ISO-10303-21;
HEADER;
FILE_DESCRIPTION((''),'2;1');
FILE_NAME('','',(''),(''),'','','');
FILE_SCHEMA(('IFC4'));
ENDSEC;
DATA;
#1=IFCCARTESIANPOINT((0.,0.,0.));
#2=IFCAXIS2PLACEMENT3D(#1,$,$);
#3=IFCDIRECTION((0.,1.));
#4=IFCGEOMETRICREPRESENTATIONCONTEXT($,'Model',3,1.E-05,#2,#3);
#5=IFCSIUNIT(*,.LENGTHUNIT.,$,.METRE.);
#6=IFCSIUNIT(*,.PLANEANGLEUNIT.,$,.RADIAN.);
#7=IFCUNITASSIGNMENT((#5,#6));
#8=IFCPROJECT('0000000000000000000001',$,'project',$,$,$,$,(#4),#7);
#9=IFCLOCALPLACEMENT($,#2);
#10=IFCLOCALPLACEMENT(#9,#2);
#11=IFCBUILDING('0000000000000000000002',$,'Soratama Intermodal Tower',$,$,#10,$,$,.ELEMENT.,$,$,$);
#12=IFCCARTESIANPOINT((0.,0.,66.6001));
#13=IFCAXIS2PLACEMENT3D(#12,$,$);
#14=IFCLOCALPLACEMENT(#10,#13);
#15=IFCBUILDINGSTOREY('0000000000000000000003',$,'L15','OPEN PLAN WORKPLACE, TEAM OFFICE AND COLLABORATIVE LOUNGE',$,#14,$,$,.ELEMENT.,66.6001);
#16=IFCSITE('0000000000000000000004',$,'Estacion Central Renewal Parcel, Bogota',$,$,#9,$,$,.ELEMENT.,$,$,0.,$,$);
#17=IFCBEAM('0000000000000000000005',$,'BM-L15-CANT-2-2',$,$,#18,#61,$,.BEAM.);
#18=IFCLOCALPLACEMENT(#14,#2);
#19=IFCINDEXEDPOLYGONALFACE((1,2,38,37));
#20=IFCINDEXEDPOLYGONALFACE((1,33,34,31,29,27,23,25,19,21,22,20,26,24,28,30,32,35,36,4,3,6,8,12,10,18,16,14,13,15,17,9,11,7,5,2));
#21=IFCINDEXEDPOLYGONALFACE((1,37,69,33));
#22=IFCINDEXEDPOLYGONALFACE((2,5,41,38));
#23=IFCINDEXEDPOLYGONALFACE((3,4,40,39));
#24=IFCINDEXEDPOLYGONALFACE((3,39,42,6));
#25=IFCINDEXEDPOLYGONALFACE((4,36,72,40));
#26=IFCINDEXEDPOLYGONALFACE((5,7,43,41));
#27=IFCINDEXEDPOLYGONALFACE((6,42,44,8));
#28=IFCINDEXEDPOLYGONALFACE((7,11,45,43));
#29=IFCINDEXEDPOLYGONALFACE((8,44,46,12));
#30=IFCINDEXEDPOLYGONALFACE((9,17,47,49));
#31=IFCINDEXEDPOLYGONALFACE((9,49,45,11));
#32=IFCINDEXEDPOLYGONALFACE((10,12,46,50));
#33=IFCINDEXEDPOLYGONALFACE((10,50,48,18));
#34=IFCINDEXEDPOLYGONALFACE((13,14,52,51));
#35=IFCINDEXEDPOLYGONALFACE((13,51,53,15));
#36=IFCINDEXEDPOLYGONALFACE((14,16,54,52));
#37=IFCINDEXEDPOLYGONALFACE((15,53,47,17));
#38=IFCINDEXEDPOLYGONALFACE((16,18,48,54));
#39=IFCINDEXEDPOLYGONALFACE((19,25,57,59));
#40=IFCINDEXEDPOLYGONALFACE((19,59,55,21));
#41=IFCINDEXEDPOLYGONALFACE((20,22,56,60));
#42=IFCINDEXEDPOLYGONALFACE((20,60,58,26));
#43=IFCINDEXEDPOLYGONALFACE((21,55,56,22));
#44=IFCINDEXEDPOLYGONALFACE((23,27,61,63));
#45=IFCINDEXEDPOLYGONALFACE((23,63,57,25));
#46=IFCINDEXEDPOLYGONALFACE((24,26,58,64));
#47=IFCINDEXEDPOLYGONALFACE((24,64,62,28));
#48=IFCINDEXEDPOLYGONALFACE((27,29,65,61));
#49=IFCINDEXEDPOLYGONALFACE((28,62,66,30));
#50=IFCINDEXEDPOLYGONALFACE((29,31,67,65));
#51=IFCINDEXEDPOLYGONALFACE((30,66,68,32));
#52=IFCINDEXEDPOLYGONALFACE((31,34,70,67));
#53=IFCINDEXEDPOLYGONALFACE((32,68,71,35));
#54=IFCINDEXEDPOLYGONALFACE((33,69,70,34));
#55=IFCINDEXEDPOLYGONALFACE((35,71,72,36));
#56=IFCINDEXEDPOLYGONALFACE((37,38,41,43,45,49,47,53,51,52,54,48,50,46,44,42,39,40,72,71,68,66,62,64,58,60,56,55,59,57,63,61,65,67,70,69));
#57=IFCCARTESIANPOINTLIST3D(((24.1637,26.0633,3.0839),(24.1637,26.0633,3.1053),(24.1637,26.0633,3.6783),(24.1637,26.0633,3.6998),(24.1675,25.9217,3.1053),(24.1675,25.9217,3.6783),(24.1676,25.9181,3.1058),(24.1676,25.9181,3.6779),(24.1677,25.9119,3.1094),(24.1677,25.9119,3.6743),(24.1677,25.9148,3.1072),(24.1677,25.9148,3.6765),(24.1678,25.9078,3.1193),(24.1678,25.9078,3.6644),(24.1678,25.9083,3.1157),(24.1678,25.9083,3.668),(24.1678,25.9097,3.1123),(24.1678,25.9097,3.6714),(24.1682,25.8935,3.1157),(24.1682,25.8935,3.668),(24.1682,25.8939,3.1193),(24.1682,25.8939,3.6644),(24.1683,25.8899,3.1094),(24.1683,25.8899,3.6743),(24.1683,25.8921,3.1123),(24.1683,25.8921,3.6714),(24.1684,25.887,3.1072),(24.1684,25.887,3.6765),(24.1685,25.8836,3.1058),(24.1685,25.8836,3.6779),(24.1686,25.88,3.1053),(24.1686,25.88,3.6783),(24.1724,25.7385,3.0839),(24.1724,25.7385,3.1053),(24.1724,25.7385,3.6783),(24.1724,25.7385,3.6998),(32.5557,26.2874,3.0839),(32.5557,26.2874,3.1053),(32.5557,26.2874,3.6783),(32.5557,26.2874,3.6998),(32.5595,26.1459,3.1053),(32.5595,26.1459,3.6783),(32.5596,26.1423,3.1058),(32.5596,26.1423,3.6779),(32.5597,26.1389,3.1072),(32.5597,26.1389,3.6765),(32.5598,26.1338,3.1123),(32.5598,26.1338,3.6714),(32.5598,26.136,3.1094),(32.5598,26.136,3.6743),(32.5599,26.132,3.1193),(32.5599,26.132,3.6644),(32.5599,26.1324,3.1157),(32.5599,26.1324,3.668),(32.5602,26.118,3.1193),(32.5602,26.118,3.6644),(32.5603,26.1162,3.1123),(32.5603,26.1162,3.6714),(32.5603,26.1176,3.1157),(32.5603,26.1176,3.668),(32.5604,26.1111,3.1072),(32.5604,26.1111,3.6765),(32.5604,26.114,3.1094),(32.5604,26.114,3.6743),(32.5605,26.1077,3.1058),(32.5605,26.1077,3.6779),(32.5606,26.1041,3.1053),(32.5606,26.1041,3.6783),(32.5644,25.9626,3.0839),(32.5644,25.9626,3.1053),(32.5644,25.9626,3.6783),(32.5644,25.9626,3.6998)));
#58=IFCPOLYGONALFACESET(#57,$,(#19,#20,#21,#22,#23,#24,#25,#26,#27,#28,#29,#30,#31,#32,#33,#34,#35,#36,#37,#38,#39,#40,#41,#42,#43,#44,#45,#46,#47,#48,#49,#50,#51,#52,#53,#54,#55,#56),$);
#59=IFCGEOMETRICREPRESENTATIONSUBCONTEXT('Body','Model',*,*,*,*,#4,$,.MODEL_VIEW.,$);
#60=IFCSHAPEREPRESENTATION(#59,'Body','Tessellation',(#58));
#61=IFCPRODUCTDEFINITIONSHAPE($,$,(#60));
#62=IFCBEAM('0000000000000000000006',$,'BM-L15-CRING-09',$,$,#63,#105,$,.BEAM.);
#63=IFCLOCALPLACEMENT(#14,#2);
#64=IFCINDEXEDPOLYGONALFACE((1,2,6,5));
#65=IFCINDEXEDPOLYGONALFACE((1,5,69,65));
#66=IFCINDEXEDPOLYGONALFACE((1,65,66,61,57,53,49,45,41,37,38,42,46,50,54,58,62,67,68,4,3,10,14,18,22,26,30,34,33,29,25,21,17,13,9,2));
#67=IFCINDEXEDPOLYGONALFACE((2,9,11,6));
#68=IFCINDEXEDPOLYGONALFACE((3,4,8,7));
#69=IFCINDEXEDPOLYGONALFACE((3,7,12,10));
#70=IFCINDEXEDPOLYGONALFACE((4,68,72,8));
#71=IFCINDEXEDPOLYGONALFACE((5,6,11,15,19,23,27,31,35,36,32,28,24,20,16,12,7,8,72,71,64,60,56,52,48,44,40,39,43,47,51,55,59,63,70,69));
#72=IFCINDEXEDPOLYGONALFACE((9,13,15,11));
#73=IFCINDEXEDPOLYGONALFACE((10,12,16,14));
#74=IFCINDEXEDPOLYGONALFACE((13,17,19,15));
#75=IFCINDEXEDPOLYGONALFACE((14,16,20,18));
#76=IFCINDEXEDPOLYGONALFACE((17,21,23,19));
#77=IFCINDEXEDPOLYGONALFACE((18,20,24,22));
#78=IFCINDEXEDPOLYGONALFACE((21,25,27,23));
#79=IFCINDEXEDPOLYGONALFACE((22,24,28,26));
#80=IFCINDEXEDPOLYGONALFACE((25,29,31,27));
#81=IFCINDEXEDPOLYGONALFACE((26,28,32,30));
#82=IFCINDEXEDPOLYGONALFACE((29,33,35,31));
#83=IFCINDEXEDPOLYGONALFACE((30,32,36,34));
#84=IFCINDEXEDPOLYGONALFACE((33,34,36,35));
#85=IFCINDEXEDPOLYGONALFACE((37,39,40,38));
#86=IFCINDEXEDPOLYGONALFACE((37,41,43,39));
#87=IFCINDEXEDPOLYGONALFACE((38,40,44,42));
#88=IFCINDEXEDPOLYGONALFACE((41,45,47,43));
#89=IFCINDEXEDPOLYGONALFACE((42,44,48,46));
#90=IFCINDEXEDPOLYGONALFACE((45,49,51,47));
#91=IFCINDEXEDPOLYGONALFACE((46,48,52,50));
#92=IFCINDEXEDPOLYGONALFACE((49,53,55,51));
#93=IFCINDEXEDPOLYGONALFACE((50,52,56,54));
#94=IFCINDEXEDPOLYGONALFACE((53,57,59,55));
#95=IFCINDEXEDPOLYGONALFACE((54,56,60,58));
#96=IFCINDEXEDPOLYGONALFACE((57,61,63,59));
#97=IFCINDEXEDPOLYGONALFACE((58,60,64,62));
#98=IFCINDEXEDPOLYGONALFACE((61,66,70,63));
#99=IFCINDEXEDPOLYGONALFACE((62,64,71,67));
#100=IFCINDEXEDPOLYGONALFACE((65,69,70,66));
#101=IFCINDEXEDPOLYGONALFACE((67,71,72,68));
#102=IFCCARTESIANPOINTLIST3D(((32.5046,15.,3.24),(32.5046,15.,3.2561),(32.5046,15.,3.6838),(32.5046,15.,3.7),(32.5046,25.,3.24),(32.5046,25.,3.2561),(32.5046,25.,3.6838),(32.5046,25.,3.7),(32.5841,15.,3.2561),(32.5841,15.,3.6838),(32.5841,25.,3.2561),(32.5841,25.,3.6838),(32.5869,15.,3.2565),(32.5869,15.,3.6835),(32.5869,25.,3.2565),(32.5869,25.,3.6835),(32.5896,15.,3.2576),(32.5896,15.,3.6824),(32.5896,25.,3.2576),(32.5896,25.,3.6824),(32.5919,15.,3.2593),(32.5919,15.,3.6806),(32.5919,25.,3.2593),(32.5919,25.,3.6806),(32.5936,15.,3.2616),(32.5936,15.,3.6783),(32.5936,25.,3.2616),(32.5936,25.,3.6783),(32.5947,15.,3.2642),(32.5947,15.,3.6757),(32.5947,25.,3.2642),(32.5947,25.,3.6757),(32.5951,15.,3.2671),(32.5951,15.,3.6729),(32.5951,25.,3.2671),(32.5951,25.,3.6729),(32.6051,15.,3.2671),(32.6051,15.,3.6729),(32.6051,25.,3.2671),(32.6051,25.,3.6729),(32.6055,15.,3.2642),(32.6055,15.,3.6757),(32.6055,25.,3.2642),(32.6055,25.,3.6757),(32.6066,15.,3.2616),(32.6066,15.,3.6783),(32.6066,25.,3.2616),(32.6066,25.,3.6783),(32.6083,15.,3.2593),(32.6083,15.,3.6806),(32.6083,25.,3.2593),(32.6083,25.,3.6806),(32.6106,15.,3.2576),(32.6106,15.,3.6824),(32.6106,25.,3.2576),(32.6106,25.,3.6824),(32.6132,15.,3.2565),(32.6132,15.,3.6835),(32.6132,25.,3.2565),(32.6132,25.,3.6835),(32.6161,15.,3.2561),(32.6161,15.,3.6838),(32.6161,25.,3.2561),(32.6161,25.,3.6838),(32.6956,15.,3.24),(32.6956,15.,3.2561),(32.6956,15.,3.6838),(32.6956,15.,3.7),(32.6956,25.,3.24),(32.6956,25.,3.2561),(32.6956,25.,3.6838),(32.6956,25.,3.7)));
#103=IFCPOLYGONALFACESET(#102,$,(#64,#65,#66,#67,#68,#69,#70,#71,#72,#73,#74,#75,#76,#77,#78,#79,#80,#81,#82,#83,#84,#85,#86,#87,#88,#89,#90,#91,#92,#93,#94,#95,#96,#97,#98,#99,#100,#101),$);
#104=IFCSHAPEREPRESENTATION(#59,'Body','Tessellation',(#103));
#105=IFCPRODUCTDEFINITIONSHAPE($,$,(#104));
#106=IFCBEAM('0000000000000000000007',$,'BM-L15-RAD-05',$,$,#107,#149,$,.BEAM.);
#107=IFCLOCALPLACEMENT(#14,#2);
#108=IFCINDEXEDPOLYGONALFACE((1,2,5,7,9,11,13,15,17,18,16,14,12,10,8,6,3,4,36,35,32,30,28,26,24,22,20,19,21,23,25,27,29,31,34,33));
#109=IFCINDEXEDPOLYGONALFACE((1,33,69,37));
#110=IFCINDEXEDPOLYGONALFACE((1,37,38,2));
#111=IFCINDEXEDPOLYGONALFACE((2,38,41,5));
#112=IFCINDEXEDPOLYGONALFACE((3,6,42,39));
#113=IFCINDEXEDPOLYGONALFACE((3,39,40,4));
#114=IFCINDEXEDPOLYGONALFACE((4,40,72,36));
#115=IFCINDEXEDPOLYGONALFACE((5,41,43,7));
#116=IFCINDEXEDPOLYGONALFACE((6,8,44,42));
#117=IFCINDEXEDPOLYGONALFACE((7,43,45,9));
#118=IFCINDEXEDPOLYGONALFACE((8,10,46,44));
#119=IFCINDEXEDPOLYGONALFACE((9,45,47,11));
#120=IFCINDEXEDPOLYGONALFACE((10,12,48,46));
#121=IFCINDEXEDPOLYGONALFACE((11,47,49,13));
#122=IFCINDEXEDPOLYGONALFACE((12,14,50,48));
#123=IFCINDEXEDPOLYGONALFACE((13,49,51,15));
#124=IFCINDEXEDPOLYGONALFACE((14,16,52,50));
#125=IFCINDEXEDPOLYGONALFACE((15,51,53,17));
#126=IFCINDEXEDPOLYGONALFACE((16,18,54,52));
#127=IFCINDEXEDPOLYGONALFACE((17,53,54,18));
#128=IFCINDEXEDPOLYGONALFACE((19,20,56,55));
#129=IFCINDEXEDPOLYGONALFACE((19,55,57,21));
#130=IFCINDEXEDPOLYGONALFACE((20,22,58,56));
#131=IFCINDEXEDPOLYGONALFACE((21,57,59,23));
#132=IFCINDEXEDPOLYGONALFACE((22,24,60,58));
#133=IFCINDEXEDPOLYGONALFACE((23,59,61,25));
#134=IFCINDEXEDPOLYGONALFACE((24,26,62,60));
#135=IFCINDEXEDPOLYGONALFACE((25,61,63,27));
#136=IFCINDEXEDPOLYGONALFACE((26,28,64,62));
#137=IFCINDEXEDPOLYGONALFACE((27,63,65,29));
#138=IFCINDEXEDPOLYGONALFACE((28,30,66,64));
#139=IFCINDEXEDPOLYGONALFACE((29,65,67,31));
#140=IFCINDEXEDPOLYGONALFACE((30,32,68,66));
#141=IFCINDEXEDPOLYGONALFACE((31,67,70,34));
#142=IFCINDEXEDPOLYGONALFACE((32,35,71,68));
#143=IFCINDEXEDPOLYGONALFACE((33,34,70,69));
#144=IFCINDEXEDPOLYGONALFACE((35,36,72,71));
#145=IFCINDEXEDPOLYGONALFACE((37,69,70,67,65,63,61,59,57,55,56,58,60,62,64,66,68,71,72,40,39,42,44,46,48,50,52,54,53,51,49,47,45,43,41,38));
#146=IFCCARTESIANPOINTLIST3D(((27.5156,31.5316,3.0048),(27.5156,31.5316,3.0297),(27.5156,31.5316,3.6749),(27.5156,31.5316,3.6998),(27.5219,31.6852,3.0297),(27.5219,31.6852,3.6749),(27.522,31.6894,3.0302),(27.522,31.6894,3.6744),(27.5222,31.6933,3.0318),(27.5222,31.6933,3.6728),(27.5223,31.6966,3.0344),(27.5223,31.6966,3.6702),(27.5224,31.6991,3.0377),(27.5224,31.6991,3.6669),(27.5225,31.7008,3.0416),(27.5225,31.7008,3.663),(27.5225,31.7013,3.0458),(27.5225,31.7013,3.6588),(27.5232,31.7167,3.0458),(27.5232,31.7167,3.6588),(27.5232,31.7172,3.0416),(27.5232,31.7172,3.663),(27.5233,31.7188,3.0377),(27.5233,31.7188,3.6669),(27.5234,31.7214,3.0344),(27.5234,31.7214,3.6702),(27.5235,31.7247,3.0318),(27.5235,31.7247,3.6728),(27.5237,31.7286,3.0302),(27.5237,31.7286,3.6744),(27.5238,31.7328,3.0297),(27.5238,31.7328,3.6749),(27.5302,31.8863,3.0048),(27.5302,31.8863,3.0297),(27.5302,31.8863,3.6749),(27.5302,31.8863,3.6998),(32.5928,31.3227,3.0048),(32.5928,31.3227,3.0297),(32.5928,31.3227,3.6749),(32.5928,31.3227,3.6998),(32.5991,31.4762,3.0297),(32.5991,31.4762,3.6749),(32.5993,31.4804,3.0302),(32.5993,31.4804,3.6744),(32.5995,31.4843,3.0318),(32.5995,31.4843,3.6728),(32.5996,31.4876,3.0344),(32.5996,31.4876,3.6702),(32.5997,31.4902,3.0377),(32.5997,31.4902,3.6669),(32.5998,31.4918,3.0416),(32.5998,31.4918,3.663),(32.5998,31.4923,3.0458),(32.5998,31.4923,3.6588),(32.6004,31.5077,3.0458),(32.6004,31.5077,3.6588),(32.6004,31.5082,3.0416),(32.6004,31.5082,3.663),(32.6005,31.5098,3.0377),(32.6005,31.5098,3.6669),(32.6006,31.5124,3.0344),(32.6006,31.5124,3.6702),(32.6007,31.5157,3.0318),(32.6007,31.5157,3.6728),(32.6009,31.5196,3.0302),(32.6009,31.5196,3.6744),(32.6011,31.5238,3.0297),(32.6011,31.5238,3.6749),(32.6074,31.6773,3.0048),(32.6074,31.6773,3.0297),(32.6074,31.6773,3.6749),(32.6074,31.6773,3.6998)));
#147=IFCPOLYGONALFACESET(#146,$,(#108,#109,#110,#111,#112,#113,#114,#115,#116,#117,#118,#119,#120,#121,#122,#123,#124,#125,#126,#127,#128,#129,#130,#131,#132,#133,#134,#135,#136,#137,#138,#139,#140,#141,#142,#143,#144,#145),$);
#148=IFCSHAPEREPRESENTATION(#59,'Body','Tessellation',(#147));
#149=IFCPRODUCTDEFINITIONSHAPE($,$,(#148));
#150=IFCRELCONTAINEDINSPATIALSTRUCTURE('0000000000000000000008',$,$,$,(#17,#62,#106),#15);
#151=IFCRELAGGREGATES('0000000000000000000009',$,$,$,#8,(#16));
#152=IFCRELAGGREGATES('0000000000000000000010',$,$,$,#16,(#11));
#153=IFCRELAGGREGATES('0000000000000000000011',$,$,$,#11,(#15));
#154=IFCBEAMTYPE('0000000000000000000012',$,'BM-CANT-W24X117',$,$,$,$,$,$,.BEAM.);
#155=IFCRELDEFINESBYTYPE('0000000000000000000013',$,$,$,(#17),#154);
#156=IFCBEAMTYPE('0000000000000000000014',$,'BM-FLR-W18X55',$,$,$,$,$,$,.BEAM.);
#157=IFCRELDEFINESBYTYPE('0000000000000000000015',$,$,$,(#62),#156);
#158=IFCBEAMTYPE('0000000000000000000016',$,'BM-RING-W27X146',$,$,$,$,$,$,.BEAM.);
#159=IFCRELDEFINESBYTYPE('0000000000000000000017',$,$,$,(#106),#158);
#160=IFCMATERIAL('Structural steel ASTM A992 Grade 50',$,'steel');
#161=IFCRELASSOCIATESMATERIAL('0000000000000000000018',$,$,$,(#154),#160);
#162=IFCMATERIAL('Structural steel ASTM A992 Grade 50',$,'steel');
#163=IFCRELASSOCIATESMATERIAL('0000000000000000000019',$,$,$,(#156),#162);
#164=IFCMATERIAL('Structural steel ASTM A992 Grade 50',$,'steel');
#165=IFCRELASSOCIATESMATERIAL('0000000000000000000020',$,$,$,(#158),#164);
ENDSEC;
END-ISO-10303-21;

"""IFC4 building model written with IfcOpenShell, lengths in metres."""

from ifc_helpers import new_model, si_unit, direction, frame, origin, origin_2d, place, context, subcontext, project, spatial, i_section, extrude, material, material_profile, profile_set, type_object, element, save


model = new_model("IFC4")

# Units and contexts
model_context = context("Model", 3, precision=1e-05, world=origin(), true_north=direction((0.0, 1.0)))
body_context = subcontext(model_context, "Body", "Model", "MODEL_VIEW")
ifc_project = project(units=[si_unit("LENGTHUNIT", "METRE"), si_unit("PLANEANGLEUNIT", "RADIAN")], contexts=[model_context])

# Site, building, storey
site_placement = place(None, origin())
site = spatial("IfcSite", under=ifc_project, at=site_placement, Name="Estacion Central Renewal Parcel, Bogota", CompositionType="ELEMENT", RefElevation=0.0)
building_placement = place(site_placement, origin())
building = spatial("IfcBuilding", under=site, at=building_placement, Name="Soratama Intermodal Tower", CompositionType="ELEMENT")
storey_placement = place(building_placement, frame((0.0, 0.0, 66.6001)))
storey = spatial("IfcBuildingStorey", under=building, at=storey_placement, Name="L15", Description="OPEN PLAN WORKPLACE, TEAM OFFICE AND COLLABORATIVE LOUNGE", CompositionType="ELEMENT", Elevation=66.6001)

# Beams
ifc_material_1 = material(Name="Structural steel ASTM A992 Grade 50", Category="steel")
ifc_material_profile_1 = material_profile(ifc_material_1, i_section(OverallWidth=0.325, OverallDepth=0.616, WebThickness=0.0139, FlangeThickness=0.0215, FilletRadius=0.0139, at=origin_2d()), Name="W24X117")
ifc_profile_set_1 = profile_set([ifc_material_profile_1], Name="Structural steel ASTM A992 Grade 50")
beam_type_1 = type_object("IfcBeamType", Name="BM-CANT-W24X117", PredefinedType="BEAM", material=ifc_profile_set_1)
beam_1_placement = place(storey_placement, frame((32.5601, 26.125, 3.3918), z_axis=(-0.999644, -0.026697, 0.0), x_axis=(0.026697, -0.999644, 0.0)))
element("IfcBeam", 1, at=beam_1_placement, inside=storey, type_object=beam_type_1, Name="BM-L15-CANT-2-2", PredefinedType="BEAM", context=body_context, shape_type="SweptSolid", body=[
    extrude(i_section(OverallWidth=0.325, OverallDepth=0.616, WebThickness=0.0139, FlangeThickness=0.0215, FilletRadius=0.0139, at=origin_2d()), origin(), (0.0, 0.0, 1.0), 8.395),
])
ifc_material_2 = material(Name="Structural steel ASTM A992 Grade 50", Category="steel")
ifc_material_profile_2 = material_profile(ifc_material_2, i_section(OverallWidth=0.1909, OverallDepth=0.46, WebThickness=0.01, FlangeThickness=0.0161, FilletRadius=0.011, at=origin_2d()), Name="W18X55")
ifc_profile_set_2 = profile_set([ifc_material_profile_2], Name="Structural steel ASTM A992 Grade 50")
beam_type_2 = type_object("IfcBeamType", Name="BM-FLR-W18X55", PredefinedType="BEAM", material=ifc_profile_set_2)
beam_2_placement = place(storey_placement, frame((32.6001, 25.0, 3.47), z_axis=(0.0, -1.0, 0.0), x_axis=(1.0, 0.0, 0.0)))
element("IfcBeam", 2, at=beam_2_placement, inside=storey, type_object=beam_type_2, Name="BM-L15-CRING-09", PredefinedType="BEAM", context=body_context, shape_type="SweptSolid", body=[
    extrude(i_section(OverallWidth=0.1909, OverallDepth=0.46, WebThickness=0.01, FlangeThickness=0.0161, FilletRadius=0.011, at=origin_2d()), origin(), (0.0, 0.0, 1.0), 10.0),
])
ifc_material_3 = material(Name="Structural steel ASTM A992 Grade 50", Category="steel")
ifc_material_profile_3 = material_profile(ifc_material_3, i_section(OverallWidth=0.355, OverallDepth=0.6951, WebThickness=0.0154, FlangeThickness=0.0249, FilletRadius=0.0161, at=origin_2d()), Name="W27X146")
ifc_profile_set_3 = profile_set([ifc_material_profile_3], Name="Structural steel ASTM A992 Grade 50")
beam_type_3 = type_object("IfcBeamType", Name="BM-RING-W27X146", PredefinedType="BEAM", material=ifc_profile_set_3)
beam_3_placement = place(storey_placement, frame((32.6001, 31.5, 3.3523), z_axis=(-0.999154, 0.041127, 0.0), x_axis=(-0.041127, -0.999154, 0.0)))
element("IfcBeam", 3, at=beam_3_placement, inside=storey, type_object=beam_type_3, Name="BM-L15-RAD-05", PredefinedType="BEAM", context=body_context, shape_type="SweptSolid", body=[
    extrude(i_section(OverallWidth=0.355, OverallDepth=0.6951, WebThickness=0.0154, FlangeThickness=0.0249, FilletRadius=0.0161, at=origin_2d()), origin(), (0.0, 0.0, 1.0), 5.0815),
])

save(model, "model.ifc")
